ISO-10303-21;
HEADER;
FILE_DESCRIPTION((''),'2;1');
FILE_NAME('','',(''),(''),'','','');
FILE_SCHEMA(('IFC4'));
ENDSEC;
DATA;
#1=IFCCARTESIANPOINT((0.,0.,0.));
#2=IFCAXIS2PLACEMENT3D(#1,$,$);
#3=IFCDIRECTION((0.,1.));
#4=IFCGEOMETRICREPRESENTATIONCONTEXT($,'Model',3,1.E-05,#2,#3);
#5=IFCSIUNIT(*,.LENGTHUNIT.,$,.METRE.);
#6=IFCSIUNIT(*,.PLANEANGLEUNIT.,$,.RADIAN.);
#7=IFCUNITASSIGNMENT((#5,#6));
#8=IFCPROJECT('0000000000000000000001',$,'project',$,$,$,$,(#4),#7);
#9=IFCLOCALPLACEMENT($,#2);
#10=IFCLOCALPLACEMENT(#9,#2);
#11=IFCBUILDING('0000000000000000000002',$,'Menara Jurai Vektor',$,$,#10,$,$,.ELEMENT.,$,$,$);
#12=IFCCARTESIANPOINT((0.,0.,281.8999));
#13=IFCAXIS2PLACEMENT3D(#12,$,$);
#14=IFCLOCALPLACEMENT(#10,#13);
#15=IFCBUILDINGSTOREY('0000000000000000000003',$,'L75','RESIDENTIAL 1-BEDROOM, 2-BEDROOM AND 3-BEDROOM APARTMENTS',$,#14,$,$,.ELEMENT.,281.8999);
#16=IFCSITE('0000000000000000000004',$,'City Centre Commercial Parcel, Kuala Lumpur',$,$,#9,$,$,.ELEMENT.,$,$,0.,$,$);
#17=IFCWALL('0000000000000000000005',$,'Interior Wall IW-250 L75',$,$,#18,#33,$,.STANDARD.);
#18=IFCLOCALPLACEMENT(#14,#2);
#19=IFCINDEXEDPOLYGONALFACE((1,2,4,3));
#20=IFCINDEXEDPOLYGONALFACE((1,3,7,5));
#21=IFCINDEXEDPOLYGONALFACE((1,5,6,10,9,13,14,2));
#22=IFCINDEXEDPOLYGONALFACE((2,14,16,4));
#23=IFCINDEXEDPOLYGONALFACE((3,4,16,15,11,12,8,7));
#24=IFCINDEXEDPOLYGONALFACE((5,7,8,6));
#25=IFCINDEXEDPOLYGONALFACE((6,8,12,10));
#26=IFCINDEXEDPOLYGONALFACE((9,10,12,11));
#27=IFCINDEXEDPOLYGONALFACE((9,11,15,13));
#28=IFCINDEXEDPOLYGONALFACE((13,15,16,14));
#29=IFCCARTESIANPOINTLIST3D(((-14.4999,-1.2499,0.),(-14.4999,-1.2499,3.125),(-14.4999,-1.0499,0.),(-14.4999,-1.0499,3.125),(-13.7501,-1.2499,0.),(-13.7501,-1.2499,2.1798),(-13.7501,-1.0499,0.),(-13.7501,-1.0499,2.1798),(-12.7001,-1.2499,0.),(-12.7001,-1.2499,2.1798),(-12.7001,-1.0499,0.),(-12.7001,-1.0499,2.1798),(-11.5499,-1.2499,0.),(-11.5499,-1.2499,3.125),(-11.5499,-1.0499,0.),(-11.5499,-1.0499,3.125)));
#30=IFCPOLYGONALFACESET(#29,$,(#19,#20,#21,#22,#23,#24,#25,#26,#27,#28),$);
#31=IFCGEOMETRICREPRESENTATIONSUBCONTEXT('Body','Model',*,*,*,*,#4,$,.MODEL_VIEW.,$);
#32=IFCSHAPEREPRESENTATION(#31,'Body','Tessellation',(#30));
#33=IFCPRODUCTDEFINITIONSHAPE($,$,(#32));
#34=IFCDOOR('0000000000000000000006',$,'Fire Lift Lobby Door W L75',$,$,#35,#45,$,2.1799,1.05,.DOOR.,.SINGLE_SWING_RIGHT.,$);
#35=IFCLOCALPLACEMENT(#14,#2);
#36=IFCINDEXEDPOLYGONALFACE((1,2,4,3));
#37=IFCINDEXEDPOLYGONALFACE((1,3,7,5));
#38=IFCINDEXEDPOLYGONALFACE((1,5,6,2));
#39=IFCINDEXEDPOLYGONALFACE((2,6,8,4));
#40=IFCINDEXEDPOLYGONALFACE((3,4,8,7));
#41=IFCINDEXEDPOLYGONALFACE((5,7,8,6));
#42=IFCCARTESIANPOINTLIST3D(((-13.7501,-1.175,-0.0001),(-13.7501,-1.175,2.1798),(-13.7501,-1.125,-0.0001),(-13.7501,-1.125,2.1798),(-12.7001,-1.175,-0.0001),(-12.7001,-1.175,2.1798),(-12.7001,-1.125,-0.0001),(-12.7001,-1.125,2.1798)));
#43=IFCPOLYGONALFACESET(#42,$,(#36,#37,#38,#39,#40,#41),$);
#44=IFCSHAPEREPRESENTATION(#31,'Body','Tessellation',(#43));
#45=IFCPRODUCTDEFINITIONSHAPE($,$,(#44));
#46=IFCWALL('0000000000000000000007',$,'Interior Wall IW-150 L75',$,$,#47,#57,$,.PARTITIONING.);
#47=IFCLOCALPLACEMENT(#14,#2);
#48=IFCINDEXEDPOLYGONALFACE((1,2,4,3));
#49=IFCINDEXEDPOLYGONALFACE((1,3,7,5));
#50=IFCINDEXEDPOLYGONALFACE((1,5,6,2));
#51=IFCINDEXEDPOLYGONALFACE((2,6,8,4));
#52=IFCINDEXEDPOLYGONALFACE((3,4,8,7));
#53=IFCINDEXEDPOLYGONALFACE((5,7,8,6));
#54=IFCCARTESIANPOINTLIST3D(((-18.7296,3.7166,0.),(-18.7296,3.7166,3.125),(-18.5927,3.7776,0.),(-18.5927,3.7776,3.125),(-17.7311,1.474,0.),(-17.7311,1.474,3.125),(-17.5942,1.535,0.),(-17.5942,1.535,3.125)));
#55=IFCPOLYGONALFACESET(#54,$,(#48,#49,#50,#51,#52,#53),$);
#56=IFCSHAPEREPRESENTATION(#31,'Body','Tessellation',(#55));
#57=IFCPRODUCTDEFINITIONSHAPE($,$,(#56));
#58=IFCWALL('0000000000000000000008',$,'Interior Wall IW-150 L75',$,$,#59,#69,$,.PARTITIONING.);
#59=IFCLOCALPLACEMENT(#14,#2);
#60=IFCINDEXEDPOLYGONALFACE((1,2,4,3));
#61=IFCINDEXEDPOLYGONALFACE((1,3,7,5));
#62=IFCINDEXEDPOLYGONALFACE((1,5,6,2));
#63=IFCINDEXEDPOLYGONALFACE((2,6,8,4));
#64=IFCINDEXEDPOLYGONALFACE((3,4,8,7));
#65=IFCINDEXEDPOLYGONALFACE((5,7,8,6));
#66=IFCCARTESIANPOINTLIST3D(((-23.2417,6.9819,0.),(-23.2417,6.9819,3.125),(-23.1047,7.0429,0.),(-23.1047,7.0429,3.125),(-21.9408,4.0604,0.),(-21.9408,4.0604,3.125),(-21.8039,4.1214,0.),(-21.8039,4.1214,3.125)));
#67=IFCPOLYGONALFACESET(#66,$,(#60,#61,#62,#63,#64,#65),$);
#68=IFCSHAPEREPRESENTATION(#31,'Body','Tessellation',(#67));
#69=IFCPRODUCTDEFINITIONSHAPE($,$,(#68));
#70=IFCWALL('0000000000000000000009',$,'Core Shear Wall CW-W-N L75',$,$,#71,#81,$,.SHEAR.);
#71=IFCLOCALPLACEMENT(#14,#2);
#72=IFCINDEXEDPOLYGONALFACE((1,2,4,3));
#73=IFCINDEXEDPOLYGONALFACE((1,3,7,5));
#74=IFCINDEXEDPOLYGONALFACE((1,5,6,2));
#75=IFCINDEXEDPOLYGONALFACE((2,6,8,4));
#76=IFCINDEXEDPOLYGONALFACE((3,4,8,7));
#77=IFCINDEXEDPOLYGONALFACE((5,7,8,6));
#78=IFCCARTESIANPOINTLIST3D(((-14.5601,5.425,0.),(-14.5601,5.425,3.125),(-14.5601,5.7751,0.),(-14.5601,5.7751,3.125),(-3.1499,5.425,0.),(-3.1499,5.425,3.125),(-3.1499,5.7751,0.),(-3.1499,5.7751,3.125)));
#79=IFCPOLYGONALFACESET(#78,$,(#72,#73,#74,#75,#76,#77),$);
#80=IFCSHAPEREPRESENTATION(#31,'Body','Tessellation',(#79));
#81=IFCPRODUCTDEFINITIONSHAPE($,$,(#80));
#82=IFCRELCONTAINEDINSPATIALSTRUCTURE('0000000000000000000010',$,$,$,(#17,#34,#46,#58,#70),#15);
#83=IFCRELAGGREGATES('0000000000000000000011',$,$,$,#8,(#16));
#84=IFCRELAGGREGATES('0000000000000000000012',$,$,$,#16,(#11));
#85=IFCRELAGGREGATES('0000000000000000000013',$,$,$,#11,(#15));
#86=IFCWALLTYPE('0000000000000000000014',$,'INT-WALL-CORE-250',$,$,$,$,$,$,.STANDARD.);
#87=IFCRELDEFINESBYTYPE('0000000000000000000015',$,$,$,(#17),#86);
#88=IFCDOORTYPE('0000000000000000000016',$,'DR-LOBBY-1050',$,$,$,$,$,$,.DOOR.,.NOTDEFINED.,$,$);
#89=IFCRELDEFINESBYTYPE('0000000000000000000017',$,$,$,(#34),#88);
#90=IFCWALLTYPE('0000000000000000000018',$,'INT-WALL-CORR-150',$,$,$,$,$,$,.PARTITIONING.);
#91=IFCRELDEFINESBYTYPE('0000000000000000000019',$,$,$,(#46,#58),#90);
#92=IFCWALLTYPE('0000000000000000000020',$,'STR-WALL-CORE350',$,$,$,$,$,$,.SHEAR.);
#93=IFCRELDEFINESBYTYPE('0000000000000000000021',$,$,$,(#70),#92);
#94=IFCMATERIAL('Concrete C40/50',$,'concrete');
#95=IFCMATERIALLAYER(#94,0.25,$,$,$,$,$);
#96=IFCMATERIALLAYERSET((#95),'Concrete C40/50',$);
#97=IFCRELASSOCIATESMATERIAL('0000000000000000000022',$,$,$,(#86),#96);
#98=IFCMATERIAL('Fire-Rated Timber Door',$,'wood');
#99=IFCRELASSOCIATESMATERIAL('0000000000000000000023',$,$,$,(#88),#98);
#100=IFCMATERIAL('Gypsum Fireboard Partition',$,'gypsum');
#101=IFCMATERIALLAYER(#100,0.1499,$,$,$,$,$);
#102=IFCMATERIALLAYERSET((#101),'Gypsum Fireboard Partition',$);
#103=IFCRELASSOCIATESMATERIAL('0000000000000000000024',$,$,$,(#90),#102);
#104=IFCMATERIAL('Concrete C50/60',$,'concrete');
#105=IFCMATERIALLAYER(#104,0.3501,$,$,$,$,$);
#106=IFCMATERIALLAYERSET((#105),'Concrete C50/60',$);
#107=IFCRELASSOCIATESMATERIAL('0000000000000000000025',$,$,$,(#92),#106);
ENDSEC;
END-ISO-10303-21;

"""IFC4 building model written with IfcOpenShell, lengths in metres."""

from ifc_helpers import new_model, si_unit, direction, frame, frame_2d, origin, place, context, subcontext, project, spatial, rectangle, extrude, material, layer, layer_set, type_object, element, fill, save


model = new_model("IFC4")

# Units and contexts
model_context = context("Model", 3, precision=1e-05, world=origin(), true_north=direction((0.0, 1.0)))
body_context = subcontext(model_context, "Body", "Model", "MODEL_VIEW")
ifc_project = project(units=[si_unit("LENGTHUNIT", "METRE"), si_unit("PLANEANGLEUNIT", "RADIAN")], contexts=[model_context])

# Site, building, storey
site_placement = place(None, origin())
site = spatial("IfcSite", under=ifc_project, at=site_placement, Name="City Centre Commercial Parcel, Kuala Lumpur", CompositionType="ELEMENT", RefElevation=0.0)
building_placement = place(site_placement, origin())
building = spatial("IfcBuilding", under=site, at=building_placement, Name="Menara Jurai Vektor", CompositionType="ELEMENT")
storey_placement = place(building_placement, frame((0.0, 0.0, 281.8999)))
storey = spatial("IfcBuildingStorey", under=building, at=storey_placement, Name="L75", Description="RESIDENTIAL 1-BEDROOM, 2-BEDROOM AND 3-BEDROOM APARTMENTS", CompositionType="ELEMENT", Elevation=281.8999)

# Shared definitions
ifc_material_1 = material(Name="Concrete C50/60", Category="concrete")

# Wall, opening, door
ifc_material_2 = material(Name="Concrete C40/50", Category="concrete")
ifc_layer_1 = layer(ifc_material_2, 0.25)
ifc_layer_set_1 = layer_set([ifc_layer_1], Name="Concrete C40/50")
wall_type_1 = type_object("IfcWallType", Name="INT-WALL-CORE-250", PredefinedType="STANDARD", material=ifc_layer_set_1)
wall_1_placement = place(storey_placement, frame((-14.5, -1.1499, 0.0), z_axis=(0.0, 0.0, 1.0), x_axis=(1.0, 0.0, 0.0)))
wall_1 = element("IfcWall", 1, at=wall_1_placement, inside=storey, type_object=wall_type_1, Name="Interior Wall IW-250 L75", PredefinedType="STANDARD", context=body_context, shape_type="SweptSolid", body=[
    extrude(rectangle(XDim=2.95, YDim=0.2, at=frame_2d((1.4751, 0.0))), origin(), (0.0, 0.0, 1.0), 3.125),
])
opening_1_placement = place(wall_1_placement, frame((0.75, 0.0, 0.0)))
opening_1 = element("IfcOpeningElement", 2, at=opening_1_placement, cuts=wall_1, PredefinedType="OPENING", context=body_context, shape_type="SweptSolid", body=[
    extrude(rectangle(XDim=1.05, YDim=2.1799, at=frame_2d((0.5249, 1.0898))), frame((0.0, 0.1099, 0.0), z_axis=(0.0, -1.0, 0.0), x_axis=(1.0, 0.0, 0.0)), (0.0, 0.0, 1.0), 0.22),
])
ifc_material_3 = material(Name="Fire-Rated Timber Door", Category="wood")
door_type_1 = type_object("IfcDoorType", Name="DR-LOBBY-1050", OperationType="NOTDEFINED", PredefinedType="DOOR", material=ifc_material_3)
door_1_placement = place(opening_1_placement, origin())
door_1 = element("IfcDoor", 3, at=door_1_placement, inside=storey, type_object=door_type_1, Name="Fire Lift Lobby Door W L75", OperationType="SINGLE_SWING_RIGHT", OverallHeight=2.1799, OverallWidth=1.05, PredefinedType="DOOR", context=body_context, shape_type="SweptSolid", body=[
    extrude(rectangle(XDim=1.05, YDim=2.1799, at=frame_2d((0.5249, 1.0898))), frame((0.0, 0.0249, 0.0), z_axis=(0.0, -1.0, 0.0), x_axis=(1.0, 0.0, 0.0)), (0.0, 0.0, 1.0), 0.05),
])
fill(opening_1, door_1)
ifc_material_4 = material(Name="Gypsum Fireboard Partition", Category="gypsum")
ifc_layer_2 = layer(ifc_material_4, 0.1499)
ifc_layer_set_2 = layer_set([ifc_layer_2], Name="Gypsum Fireboard Partition")
wall_type_2 = type_object("IfcWallType", Name="INT-WALL-CORR-150", PredefinedType="PARTITIONING", material=ifc_layer_set_2)

# Walls
wall_2_placement = place(storey_placement, frame((-17.6626, 1.5044, 0.0), z_axis=(0.0, 0.0, 1.0), x_axis=(-0.406747, 0.913541, 0.0)))
element("IfcWall", 4, at=wall_2_placement, inside=storey, type_object=wall_type_2, Name="Interior Wall IW-150 L75", PredefinedType="PARTITIONING", context=body_context, shape_type="SweptSolid", body=[
    extrude(rectangle(XDim=2.4548, YDim=0.1499, at=frame_2d((1.2275, 0.0))), origin(), (0.0, 0.0, 1.0), 3.125),
])
wall_3_placement = place(storey_placement, frame((-21.8723, 4.0908, 0.0), z_axis=(0.0, 0.0, 1.0), x_axis=(-0.406762, 0.913534, 0.0)))
element("IfcWall", 5, at=wall_3_placement, inside=storey, type_object=wall_type_2, Name="Interior Wall IW-150 L75", PredefinedType="PARTITIONING", context=body_context, shape_type="SweptSolid", body=[
    extrude(rectangle(XDim=3.198, YDim=0.1499, at=frame_2d((1.5991, 0.0))), origin(), (0.0, 0.0, 1.0), 3.125),
])

# Wall
ifc_layer_3 = layer(ifc_material_1, 0.3501)
ifc_layer_set_3 = layer_set([ifc_layer_3], Name="Concrete C50/60")
wall_type_3 = type_object("IfcWallType", Name="STR-WALL-CORE350", PredefinedType="SHEAR", material=ifc_layer_set_3)
wall_4_placement = place(storey_placement, frame((-14.5601, 5.6001, 0.0), z_axis=(0.0, 0.0, 1.0), x_axis=(1.0, 0.0, 0.0)))
element("IfcWall", 6, at=wall_4_placement, inside=storey, type_object=wall_type_3, Name="Core Shear Wall CW-W-N L75", PredefinedType="SHEAR", context=body_context, shape_type="SweptSolid", body=[
    extrude(rectangle(XDim=11.4102, YDim=0.3501, at=frame_2d((5.7051, 0.0))), origin(), (0.0, 0.0, 1.0), 3.125),
])

save(model, "model.ifc")
